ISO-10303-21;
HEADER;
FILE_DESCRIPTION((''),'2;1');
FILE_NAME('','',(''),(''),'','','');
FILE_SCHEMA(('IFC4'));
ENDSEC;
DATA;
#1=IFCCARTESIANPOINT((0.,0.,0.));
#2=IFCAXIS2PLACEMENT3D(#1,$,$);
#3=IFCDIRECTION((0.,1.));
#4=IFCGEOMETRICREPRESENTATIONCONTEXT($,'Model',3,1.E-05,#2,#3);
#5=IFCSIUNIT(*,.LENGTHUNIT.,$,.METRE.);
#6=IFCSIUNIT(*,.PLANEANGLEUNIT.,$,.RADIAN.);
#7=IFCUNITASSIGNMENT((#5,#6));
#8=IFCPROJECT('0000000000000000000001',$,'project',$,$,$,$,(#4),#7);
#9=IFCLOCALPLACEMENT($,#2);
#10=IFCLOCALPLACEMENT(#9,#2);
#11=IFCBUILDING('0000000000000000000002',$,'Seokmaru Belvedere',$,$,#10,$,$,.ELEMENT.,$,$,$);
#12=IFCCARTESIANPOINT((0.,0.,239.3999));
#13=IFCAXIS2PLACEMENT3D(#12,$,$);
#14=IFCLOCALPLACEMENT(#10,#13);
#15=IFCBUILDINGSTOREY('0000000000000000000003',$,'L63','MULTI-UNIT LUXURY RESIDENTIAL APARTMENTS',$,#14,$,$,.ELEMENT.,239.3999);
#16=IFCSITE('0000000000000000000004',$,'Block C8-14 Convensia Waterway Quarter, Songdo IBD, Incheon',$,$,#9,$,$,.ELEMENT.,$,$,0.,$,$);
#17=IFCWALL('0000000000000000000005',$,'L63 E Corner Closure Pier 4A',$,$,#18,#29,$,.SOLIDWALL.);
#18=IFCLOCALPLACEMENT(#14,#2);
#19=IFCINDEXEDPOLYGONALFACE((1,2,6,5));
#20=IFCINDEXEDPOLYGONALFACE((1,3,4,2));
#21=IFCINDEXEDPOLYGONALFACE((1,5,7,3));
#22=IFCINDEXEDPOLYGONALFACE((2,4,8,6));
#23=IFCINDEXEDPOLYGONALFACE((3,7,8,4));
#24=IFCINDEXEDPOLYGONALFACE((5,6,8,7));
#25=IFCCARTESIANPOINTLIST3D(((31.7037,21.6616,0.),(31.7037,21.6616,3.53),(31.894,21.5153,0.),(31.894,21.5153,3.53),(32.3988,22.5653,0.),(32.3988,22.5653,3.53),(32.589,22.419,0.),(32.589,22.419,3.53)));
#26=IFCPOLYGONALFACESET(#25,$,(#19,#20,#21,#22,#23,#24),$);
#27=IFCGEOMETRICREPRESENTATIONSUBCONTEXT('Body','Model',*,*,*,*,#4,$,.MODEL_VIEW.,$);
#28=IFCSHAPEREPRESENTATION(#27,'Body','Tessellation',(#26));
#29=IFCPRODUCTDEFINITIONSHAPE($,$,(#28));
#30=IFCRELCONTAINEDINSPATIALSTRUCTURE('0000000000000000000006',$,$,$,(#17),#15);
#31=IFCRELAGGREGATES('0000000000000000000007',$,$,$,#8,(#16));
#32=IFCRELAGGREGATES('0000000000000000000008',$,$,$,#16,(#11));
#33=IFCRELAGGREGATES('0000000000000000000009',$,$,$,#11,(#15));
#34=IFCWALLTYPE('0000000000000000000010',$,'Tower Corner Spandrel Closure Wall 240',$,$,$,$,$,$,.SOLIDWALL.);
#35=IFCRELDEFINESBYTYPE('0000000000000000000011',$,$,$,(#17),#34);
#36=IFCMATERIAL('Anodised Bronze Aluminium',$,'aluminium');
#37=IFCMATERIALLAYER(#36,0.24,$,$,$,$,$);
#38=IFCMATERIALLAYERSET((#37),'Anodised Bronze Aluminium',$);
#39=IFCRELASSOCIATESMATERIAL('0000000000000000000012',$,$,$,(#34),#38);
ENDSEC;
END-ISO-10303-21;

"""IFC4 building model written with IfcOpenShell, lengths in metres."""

from ifc_helpers import new_model, si_unit, direction, frame, frame_2d, origin, place, context, subcontext, project, spatial, rectangle, extrude, material, layer, layer_set, type_object, element, save


model = new_model("IFC4")

# Units and contexts
model_context = context("Model", 3, precision=1e-05, world=origin(), true_north=direction((0.0, 1.0)))
body_context = subcontext(model_context, "Body", "Model", "MODEL_VIEW")
ifc_project = project(units=[si_unit("LENGTHUNIT", "METRE"), si_unit("PLANEANGLEUNIT", "RADIAN")], contexts=[model_context])

# Site, building, storey
site_placement = place(None, origin())
site = spatial("IfcSite", under=ifc_project, at=site_placement, Name="Block C8-14 Convensia Waterway Quarter, Songdo IBD, Incheon", CompositionType="ELEMENT", RefElevation=0.0)
building_placement = place(site_placement, origin())
building = spatial("IfcBuilding", under=site, at=building_placement, Name="Seokmaru Belvedere", CompositionType="ELEMENT")
storey_placement = place(building_placement, frame((0.0, 0.0, 239.3999)))
storey = spatial("IfcBuildingStorey", under=building, at=storey_placement, Name="L63", Description="MULTI-UNIT LUXURY RESIDENTIAL APARTMENTS", CompositionType="ELEMENT", Elevation=239.3999)

# Shared definitions
ifc_material_1 = material(Name="Anodised Bronze Aluminium", Category="aluminium")

# Wall
ifc_layer_1 = layer(ifc_material_1, 0.24)
ifc_layer_set_1 = layer_set([ifc_layer_1], Name="Anodised Bronze Aluminium")
wall_type_1 = type_object("IfcWallType", Name="Tower Corner Spandrel Closure Wall 240", PredefinedType="SOLIDWALL", material=ifc_layer_set_1)
for number, where, z_axis, x_axis, name in (
    (1, (32.4939, 22.4922, 0.0), (0.0, 0.0, 1.0), (-0.609618, -0.792696, 0.0), "L63 E Corner Closure Pier 4A"),
):
    element("IfcWall", number, at=place(storey_placement, frame(where, z_axis=z_axis, x_axis=x_axis)), inside=storey, type_object=wall_type_1, Name=name, PredefinedType="SOLIDWALL", context=body_context, shape_type="SweptSolid", body=[
        extrude(rectangle(XDim=1.1401, YDim=0.24, at=frame_2d((0.5701, 0.0))), origin(), (0.0, 0.0, 1.0), 3.53),
    ])

save(model, "model.ifc")
